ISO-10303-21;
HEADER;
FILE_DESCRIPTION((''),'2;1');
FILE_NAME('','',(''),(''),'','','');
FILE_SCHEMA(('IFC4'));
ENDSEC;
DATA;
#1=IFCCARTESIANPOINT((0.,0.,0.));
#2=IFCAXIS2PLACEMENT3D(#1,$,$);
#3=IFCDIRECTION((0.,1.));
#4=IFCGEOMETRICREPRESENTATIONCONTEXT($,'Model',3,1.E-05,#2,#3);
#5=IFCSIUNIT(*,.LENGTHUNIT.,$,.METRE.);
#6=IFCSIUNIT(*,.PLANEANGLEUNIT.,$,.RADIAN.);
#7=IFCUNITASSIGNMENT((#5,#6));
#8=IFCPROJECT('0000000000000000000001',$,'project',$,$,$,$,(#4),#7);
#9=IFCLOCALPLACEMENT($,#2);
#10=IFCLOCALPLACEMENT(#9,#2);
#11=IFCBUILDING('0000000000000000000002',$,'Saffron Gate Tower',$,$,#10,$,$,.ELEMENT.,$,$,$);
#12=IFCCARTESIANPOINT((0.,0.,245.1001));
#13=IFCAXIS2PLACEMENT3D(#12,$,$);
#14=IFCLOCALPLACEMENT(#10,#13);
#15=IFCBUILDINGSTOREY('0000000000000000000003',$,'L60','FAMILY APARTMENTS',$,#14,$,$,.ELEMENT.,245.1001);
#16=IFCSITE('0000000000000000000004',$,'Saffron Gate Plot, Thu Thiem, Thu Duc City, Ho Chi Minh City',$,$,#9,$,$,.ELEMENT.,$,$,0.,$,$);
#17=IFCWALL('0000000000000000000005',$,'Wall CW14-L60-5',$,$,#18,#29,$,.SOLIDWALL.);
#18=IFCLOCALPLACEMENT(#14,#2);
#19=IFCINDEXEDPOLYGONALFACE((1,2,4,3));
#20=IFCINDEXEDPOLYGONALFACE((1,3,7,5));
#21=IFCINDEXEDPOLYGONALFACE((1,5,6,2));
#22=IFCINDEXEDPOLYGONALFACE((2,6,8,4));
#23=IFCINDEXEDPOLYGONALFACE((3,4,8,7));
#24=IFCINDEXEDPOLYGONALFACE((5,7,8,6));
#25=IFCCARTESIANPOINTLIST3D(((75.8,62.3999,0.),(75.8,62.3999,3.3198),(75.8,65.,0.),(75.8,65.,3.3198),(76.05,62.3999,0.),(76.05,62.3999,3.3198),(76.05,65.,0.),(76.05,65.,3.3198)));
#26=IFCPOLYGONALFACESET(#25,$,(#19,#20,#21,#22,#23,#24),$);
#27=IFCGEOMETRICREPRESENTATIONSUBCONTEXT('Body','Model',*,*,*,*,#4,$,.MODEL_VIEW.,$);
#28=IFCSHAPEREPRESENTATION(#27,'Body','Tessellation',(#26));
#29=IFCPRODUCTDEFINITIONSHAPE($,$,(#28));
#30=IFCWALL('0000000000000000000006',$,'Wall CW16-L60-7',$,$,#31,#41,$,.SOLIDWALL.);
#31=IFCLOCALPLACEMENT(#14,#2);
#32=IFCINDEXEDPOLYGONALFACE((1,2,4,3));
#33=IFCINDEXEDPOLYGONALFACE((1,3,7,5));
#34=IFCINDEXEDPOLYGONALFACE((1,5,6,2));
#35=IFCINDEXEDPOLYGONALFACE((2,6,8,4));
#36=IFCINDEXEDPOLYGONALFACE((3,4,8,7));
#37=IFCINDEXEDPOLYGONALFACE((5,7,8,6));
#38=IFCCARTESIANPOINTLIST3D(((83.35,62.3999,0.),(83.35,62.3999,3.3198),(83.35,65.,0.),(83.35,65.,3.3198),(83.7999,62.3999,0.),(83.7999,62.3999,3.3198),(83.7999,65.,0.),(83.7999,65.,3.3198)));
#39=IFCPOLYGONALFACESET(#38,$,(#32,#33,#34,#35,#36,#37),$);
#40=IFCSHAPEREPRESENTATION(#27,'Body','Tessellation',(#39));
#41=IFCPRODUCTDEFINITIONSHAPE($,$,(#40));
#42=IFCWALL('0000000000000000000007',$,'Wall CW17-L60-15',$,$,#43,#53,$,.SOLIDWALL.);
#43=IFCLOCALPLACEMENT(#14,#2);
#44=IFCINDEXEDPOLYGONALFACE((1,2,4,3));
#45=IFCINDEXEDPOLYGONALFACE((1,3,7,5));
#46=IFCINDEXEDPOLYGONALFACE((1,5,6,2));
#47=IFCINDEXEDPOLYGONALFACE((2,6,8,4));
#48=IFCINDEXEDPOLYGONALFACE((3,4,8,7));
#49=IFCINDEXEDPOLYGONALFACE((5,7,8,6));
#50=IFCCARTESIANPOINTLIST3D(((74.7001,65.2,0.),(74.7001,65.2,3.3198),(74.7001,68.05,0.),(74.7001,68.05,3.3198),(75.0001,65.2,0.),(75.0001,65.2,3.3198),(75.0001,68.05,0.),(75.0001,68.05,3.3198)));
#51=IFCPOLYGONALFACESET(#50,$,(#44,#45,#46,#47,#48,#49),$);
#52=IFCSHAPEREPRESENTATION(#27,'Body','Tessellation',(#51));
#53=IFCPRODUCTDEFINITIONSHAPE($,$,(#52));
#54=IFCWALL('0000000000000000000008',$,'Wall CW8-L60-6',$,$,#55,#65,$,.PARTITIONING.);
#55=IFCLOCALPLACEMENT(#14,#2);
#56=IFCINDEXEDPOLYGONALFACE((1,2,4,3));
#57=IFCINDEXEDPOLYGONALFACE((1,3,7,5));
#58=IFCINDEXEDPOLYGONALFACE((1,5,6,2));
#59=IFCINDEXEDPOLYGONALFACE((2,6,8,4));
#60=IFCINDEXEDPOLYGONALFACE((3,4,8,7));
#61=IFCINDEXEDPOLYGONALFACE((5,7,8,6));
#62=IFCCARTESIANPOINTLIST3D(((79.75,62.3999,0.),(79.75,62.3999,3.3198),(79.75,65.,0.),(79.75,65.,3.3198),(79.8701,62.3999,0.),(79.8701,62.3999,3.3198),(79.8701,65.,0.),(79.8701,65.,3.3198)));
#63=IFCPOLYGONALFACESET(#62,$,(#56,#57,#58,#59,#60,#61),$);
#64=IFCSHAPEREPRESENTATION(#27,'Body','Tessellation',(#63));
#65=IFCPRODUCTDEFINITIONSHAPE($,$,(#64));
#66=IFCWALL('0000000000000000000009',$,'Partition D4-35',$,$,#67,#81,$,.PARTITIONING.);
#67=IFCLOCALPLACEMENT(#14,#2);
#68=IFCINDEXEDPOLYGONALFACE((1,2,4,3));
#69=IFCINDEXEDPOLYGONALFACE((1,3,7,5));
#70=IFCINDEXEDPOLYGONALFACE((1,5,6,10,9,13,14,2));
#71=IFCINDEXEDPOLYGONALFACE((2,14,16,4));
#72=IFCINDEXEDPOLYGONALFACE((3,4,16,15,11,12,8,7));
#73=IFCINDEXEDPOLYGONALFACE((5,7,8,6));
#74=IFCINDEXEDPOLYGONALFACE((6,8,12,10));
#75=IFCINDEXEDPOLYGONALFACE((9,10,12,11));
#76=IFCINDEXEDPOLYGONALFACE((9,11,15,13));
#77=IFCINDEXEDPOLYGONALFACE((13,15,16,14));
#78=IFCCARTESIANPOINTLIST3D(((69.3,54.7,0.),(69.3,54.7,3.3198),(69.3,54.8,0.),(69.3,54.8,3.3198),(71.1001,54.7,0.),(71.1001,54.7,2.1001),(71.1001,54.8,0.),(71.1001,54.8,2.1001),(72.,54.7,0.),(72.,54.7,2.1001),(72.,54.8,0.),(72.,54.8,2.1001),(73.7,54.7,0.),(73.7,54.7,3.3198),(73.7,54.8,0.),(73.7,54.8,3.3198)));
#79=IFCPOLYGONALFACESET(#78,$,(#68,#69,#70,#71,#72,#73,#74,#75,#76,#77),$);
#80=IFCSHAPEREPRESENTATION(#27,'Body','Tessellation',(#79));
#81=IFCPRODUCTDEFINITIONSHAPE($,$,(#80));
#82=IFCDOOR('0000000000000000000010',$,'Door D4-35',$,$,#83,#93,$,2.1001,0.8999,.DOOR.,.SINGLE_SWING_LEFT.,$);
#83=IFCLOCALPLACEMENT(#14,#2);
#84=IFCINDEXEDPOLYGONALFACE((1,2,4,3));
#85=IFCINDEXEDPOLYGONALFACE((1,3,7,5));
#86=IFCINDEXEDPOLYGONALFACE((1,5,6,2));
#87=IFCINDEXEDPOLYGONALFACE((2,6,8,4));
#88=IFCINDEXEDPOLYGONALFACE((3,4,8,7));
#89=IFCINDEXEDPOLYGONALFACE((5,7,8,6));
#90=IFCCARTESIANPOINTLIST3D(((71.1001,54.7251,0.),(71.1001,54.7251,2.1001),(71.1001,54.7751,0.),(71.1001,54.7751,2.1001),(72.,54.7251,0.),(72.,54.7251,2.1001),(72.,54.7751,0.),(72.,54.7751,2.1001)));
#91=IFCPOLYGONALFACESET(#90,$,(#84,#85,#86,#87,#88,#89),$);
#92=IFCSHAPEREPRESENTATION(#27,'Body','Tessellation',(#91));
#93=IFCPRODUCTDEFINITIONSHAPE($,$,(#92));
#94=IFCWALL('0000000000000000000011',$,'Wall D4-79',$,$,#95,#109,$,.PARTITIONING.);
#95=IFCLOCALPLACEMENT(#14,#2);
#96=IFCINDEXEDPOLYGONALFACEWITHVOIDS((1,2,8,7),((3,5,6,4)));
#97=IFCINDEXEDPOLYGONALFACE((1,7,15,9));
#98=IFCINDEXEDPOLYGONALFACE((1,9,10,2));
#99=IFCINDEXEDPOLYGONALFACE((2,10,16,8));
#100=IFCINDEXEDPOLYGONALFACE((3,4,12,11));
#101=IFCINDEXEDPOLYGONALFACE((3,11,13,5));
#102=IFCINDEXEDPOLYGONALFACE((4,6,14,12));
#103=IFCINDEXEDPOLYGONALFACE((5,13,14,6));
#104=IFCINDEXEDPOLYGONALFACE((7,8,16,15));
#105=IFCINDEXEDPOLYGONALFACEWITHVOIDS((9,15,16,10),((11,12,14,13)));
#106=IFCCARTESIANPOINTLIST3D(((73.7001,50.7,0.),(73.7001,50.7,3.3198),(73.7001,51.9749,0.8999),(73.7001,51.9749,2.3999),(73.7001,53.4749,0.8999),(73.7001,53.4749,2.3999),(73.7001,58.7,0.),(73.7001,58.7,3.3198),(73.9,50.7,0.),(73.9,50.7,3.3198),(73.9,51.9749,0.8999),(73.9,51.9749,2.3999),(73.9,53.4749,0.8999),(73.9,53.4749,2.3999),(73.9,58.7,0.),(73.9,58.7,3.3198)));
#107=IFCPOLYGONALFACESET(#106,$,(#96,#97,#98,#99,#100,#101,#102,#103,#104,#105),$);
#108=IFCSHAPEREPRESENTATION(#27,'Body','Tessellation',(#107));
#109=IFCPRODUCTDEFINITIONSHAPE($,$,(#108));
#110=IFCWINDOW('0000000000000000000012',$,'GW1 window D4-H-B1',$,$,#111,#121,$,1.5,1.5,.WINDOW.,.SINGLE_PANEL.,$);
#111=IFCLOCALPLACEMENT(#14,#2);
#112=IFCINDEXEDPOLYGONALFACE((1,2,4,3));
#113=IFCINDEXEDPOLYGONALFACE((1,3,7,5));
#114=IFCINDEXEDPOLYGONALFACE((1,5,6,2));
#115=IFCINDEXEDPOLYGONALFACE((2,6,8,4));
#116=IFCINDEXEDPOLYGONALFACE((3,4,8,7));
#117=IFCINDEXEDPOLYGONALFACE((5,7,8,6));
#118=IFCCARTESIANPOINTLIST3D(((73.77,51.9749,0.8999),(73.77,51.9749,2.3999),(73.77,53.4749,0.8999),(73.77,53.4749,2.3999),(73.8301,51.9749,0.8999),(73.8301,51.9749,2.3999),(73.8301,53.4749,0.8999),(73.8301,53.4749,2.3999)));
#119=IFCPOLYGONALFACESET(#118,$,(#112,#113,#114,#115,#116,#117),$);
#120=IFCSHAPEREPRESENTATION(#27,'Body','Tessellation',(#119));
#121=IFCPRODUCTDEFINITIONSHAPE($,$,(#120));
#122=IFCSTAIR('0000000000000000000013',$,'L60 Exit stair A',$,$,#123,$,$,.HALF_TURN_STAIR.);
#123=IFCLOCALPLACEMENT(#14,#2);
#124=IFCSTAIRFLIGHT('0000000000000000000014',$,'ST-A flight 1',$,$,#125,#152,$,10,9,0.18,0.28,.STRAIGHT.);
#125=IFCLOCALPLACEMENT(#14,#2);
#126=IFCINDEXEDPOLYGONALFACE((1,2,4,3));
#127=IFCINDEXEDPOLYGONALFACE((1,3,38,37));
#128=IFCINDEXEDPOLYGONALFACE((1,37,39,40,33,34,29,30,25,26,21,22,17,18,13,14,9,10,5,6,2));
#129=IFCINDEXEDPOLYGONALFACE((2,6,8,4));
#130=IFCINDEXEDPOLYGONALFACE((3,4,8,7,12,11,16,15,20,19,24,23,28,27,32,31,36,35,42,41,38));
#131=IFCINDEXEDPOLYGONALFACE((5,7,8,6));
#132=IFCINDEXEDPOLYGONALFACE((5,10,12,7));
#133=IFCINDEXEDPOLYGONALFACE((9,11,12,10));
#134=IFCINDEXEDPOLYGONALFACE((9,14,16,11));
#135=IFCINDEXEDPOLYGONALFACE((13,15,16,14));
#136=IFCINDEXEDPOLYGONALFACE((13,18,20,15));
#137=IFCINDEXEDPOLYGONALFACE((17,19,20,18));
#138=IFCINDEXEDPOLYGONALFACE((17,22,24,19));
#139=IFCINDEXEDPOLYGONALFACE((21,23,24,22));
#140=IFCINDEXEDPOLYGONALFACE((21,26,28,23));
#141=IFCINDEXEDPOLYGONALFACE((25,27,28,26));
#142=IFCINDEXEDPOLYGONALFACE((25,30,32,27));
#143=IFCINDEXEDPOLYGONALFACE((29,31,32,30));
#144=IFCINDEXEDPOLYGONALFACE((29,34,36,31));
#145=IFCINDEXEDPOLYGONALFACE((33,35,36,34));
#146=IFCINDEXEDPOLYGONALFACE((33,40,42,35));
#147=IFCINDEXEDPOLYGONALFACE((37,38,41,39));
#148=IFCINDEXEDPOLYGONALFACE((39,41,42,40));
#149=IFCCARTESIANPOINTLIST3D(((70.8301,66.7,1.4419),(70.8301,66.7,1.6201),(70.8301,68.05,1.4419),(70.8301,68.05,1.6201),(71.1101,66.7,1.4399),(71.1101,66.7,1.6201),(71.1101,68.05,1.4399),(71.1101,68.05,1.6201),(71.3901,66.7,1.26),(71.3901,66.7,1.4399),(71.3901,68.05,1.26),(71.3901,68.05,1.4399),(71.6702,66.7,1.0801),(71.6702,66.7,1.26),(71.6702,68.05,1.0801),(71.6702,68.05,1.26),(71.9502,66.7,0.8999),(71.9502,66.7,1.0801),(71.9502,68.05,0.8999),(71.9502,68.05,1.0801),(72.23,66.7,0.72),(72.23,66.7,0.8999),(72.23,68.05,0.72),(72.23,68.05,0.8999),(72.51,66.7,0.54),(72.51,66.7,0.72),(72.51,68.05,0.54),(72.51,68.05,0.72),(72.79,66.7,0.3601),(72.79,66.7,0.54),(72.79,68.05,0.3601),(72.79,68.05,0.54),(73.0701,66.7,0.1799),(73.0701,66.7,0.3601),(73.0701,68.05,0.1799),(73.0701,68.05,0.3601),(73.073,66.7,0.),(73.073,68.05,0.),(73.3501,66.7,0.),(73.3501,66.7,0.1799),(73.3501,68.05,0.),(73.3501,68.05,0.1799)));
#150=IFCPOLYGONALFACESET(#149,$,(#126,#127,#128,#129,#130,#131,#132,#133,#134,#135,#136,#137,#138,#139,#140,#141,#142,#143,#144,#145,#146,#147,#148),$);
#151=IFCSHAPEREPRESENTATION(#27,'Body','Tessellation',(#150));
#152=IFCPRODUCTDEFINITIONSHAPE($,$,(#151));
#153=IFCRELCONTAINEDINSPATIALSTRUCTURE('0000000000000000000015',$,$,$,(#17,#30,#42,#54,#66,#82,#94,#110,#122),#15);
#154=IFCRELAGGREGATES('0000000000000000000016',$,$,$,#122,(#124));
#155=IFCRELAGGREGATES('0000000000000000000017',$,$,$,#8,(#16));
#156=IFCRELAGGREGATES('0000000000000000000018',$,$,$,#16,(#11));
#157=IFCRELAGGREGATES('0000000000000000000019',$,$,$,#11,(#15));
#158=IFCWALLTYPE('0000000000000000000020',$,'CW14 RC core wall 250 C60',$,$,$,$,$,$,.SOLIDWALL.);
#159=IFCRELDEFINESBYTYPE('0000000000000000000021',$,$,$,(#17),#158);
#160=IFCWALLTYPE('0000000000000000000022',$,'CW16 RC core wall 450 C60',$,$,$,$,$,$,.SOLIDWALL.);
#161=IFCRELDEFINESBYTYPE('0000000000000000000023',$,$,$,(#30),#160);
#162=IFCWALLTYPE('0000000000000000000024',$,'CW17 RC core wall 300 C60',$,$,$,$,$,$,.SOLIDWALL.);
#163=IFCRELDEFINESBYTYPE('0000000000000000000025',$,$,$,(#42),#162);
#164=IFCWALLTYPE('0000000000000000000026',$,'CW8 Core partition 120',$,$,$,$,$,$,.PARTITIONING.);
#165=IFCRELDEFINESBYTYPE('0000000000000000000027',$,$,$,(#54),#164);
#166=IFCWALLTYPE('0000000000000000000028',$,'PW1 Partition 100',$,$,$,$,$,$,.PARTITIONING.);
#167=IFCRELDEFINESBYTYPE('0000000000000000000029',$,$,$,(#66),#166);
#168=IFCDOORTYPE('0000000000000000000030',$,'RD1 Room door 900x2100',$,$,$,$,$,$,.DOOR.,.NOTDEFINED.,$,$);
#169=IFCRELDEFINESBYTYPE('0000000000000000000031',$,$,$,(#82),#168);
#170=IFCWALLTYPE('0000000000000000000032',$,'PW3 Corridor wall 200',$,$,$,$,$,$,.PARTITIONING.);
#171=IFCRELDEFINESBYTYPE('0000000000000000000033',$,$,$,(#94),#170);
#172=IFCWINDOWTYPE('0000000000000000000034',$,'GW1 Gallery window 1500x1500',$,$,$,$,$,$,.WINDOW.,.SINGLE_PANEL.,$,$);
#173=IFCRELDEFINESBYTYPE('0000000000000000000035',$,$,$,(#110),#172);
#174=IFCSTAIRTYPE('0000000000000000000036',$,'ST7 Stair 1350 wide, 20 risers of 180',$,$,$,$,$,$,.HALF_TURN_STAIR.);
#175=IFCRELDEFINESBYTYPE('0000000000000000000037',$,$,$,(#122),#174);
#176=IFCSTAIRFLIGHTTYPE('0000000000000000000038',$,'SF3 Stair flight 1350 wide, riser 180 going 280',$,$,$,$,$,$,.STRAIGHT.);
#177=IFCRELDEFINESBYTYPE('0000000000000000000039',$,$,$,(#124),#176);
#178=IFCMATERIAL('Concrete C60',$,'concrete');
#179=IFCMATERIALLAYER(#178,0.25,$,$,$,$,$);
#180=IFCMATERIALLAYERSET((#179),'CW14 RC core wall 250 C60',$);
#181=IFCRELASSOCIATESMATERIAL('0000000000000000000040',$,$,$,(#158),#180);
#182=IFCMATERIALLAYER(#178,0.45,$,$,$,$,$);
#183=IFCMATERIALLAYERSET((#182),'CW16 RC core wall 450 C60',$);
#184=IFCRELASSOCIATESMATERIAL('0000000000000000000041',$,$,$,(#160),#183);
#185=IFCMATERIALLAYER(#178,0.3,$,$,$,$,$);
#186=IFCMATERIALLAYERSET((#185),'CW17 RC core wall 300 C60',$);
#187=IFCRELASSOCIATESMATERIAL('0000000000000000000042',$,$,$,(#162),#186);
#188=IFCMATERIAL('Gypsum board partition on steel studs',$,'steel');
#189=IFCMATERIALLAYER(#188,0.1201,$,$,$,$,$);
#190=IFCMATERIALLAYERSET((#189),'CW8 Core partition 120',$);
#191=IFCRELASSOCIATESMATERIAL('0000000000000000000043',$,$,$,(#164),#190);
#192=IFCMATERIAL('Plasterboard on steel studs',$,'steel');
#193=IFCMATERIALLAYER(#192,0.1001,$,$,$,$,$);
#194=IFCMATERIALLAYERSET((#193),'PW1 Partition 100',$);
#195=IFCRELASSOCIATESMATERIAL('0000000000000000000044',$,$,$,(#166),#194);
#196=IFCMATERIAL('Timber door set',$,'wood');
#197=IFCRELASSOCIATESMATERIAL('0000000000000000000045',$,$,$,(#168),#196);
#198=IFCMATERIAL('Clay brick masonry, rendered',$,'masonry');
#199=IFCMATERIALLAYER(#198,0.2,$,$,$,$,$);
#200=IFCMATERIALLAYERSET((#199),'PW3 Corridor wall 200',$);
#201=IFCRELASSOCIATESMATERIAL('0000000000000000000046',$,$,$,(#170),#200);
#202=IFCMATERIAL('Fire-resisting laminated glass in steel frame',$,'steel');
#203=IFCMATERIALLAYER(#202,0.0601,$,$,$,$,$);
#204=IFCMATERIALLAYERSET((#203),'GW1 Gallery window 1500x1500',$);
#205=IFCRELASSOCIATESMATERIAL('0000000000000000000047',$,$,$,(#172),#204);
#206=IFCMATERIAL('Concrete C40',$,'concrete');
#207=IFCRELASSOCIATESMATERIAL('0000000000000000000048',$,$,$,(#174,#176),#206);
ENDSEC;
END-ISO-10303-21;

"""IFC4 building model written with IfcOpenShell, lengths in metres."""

from ifc_helpers import new_model, si_unit, direction, frame, frame_2d, origin, place, context, subcontext, project, spatial, polyline, rectangle, outline, extrude, material, layer, layer_set, type_object, element, fill, aggregate, save


model = new_model("IFC4")

# Units and contexts
model_context = context("Model", 3, precision=1e-05, world=origin(), true_north=direction((0.0, 1.0)))
body_context = subcontext(model_context, "Body", "Model", "MODEL_VIEW")
ifc_project = project(units=[si_unit("LENGTHUNIT", "METRE"), si_unit("PLANEANGLEUNIT", "RADIAN")], contexts=[model_context])

# Site, building, storey
site_placement = place(None, origin())
site = spatial("IfcSite", under=ifc_project, at=site_placement, Name="Saffron Gate Plot, Thu Thiem, Thu Duc City, Ho Chi Minh City", CompositionType="ELEMENT", RefElevation=0.0)
building_placement = place(site_placement, origin())
building = spatial("IfcBuilding", under=site, at=building_placement, Name="Saffron Gate Tower", CompositionType="ELEMENT")
storey_placement = place(building_placement, frame((0.0, 0.0, 245.1001)))
storey = spatial("IfcBuildingStorey", under=building, at=storey_placement, Name="L60", Description="FAMILY APARTMENTS", CompositionType="ELEMENT", Elevation=245.1001)

# Wall
ifc_material_1 = material(Name="Concrete C60", Category="concrete")
ifc_layer_1 = layer(ifc_material_1, 0.25)
ifc_layer_set_1 = layer_set([ifc_layer_1], Name="CW14 RC core wall 250 C60")
wall_type_1 = type_object("IfcWallType", Name="CW14 RC core wall 250 C60", PredefinedType="SOLIDWALL", material=ifc_layer_set_1)
wall_1_placement = place(storey_placement, frame((75.925, 62.3999, 0.0), z_axis=(0.0, 0.0, 1.0), x_axis=(0.0, 1.0, 0.0)))
element("IfcWall", 1, at=wall_1_placement, inside=storey, type_object=wall_type_1, Name="Wall CW14-L60-5", PredefinedType="SOLIDWALL", context=body_context, shape_type="SweptSolid", body=[
    extrude(rectangle(XDim=2.6001, YDim=0.25, at=frame_2d((1.3, 0.0))), origin(), (0.0, 0.0, 1.0), 3.3198),
])

# Walls
ifc_layer_2 = layer(ifc_material_1, 0.45)
ifc_layer_set_2 = layer_set([ifc_layer_2], Name="CW16 RC core wall 450 C60")
wall_type_2 = type_object("IfcWallType", Name="CW16 RC core wall 450 C60", PredefinedType="SOLIDWALL", material=ifc_layer_set_2)
wall_2_placement = place(storey_placement, frame((83.575, 62.3999, 0.0), z_axis=(0.0, 0.0, 1.0), x_axis=(0.0, 1.0, 0.0)))
element("IfcWall", 2, at=wall_2_placement, inside=storey, type_object=wall_type_2, Name="Wall CW16-L60-7", PredefinedType="SOLIDWALL", context=body_context, shape_type="SweptSolid", body=[
    extrude(rectangle(XDim=2.6001, YDim=0.45, at=frame_2d((1.3, 0.0))), origin(), (0.0, 0.0, 1.0), 3.3198),
])
ifc_layer_3 = layer(ifc_material_1, 0.3)
ifc_layer_set_3 = layer_set([ifc_layer_3], Name="CW17 RC core wall 300 C60")
wall_type_3 = type_object("IfcWallType", Name="CW17 RC core wall 300 C60", PredefinedType="SOLIDWALL", material=ifc_layer_set_3)
wall_3_placement = place(storey_placement, frame((74.8501, 65.2, 0.0), z_axis=(0.0, 0.0, 1.0), x_axis=(0.0, 1.0, 0.0)))
element("IfcWall", 3, at=wall_3_placement, inside=storey, type_object=wall_type_3, Name="Wall CW17-L60-15", PredefinedType="SOLIDWALL", context=body_context, shape_type="SweptSolid", body=[
    extrude(rectangle(XDim=2.8501, YDim=0.3, at=frame_2d((1.425, 0.0))), origin(), (0.0, 0.0, 1.0), 3.3198),
])
ifc_material_2 = material(Name="Gypsum board partition on steel studs", Category="steel")
ifc_layer_4 = layer(ifc_material_2, 0.1201)
ifc_layer_set_4 = layer_set([ifc_layer_4], Name="CW8 Core partition 120")
wall_type_4 = type_object("IfcWallType", Name="CW8 Core partition 120", PredefinedType="PARTITIONING", material=ifc_layer_set_4)
wall_4_placement = place(storey_placement, frame((79.8101, 62.3999, 0.0), z_axis=(0.0, 0.0, 1.0), x_axis=(0.0, 1.0, 0.0)))
element("IfcWall", 4, at=wall_4_placement, inside=storey, type_object=wall_type_4, Name="Wall CW8-L60-6", PredefinedType="PARTITIONING", context=body_context, shape_type="SweptSolid", body=[
    extrude(rectangle(XDim=2.6001, YDim=0.1201, at=frame_2d((1.3, 0.0))), origin(), (0.0, 0.0, 1.0), 3.3198),
])

# Wall, opening, door
ifc_material_3 = material(Name="Plasterboard on steel studs", Category="steel")
ifc_layer_5 = layer(ifc_material_3, 0.1001)
ifc_layer_set_5 = layer_set([ifc_layer_5], Name="PW1 Partition 100")
wall_type_5 = type_object("IfcWallType", Name="PW1 Partition 100", PredefinedType="PARTITIONING", material=ifc_layer_set_5)
wall_5_placement = place(storey_placement, frame((73.7, 54.75, 0.0), z_axis=(0.0, 0.0, 1.0), x_axis=(-1.0, 0.0, 0.0)))
wall_5 = element("IfcWall", 5, at=wall_5_placement, inside=storey, type_object=wall_type_5, Name="Partition D4-35", PredefinedType="PARTITIONING", context=body_context, shape_type="SweptSolid", body=[
    extrude(rectangle(XDim=4.3999, YDim=0.1001, at=frame_2d((2.2, 0.0))), origin(), (0.0, 0.0, 1.0), 3.3198),
])
opening_1_placement = place(wall_5_placement, frame((1.7, 0.0, 0.0)))
opening_1 = element("IfcOpeningElement", 6, at=opening_1_placement, cuts=wall_5, PredefinedType="OPENING", context=body_context, shape_type="SweptSolid", body=[
    extrude(rectangle(XDim=0.8999, YDim=2.1001, at=frame_2d((0.45, 1.05))), frame((0.0, 0.0601, 0.0), z_axis=(0.0, -1.0, 0.0), x_axis=(1.0, 0.0, 0.0)), (0.0, 0.0, 1.0), 0.1201),
])
ifc_material_4 = material(Name="Timber door set", Category="wood")
door_type_1 = type_object("IfcDoorType", Name="RD1 Room door 900x2100", OperationType="NOTDEFINED", PredefinedType="DOOR", material=ifc_material_4)
door_1_placement = place(opening_1_placement, origin())
door_1 = element("IfcDoor", 7, at=door_1_placement, inside=storey, type_object=door_type_1, Name="Door D4-35", OperationType="SINGLE_SWING_LEFT", OverallHeight=2.1001, OverallWidth=0.8999, PredefinedType="DOOR", context=body_context, shape_type="SweptSolid", body=[
    extrude(rectangle(XDim=0.8999, YDim=2.1001, at=frame_2d((0.45, 1.05))), frame((0.0, 0.0249, 0.0), z_axis=(0.0, -1.0, 0.0), x_axis=(1.0, 0.0, 0.0)), (0.0, 0.0, 1.0), 0.05),
])
fill(opening_1, door_1)

# Wall, opening, window
ifc_material_5 = material(Name="Clay brick masonry, rendered", Category="masonry")
ifc_layer_6 = layer(ifc_material_5, 0.2)
ifc_layer_set_6 = layer_set([ifc_layer_6], Name="PW3 Corridor wall 200")
wall_type_6 = type_object("IfcWallType", Name="PW3 Corridor wall 200", PredefinedType="PARTITIONING", material=ifc_layer_set_6)
wall_6_placement = place(storey_placement, frame((73.8, 58.7, 0.0), z_axis=(0.0, 0.0, 1.0), x_axis=(0.0, -1.0, 0.0)))
wall_6 = element("IfcWall", 8, at=wall_6_placement, inside=storey, type_object=wall_type_6, Name="Wall D4-79", PredefinedType="PARTITIONING", context=body_context, shape_type="SweptSolid", body=[
    extrude(rectangle(XDim=8.0, YDim=0.2, at=frame_2d((4.0, 0.0))), origin(), (0.0, 0.0, 1.0), 3.3198),
])
opening_2_placement = place(wall_6_placement, frame((5.2251, 0.0, 0.8999)))
opening_2 = element("IfcOpeningElement", 9, at=opening_2_placement, cuts=wall_6, PredefinedType="OPENING", context=body_context, shape_type="SweptSolid", body=[
    extrude(rectangle(XDim=1.5, YDim=1.5, at=frame_2d((0.75, 0.75))), frame((0.0, 0.1099, 0.0), z_axis=(0.0, -1.0, 0.0), x_axis=(1.0, 0.0, 0.0)), (0.0, 0.0, 1.0), 0.22),
])
ifc_material_6 = material(Name="Fire-resisting laminated glass in steel frame", Category="steel")
ifc_layer_7 = layer(ifc_material_6, 0.0601)
ifc_layer_set_7 = layer_set([ifc_layer_7], Name="GW1 Gallery window 1500x1500")
window_type = type_object("IfcWindowType", Name="GW1 Gallery window 1500x1500", PartitioningType="SINGLE_PANEL", PredefinedType="WINDOW", material=ifc_layer_set_7)
window_placement = place(opening_2_placement, origin())
window = element("IfcWindow", 10, at=window_placement, inside=storey, type_object=window_type, Name="GW1 window D4-H-B1", OverallHeight=1.5, OverallWidth=1.5, PartitioningType="SINGLE_PANEL", PredefinedType="WINDOW", context=body_context, shape_type="SweptSolid", body=[
    extrude(rectangle(XDim=1.5, YDim=1.5, at=frame_2d((0.75, 0.75))), frame((0.0, 0.03, 0.0), z_axis=(0.0, -1.0, 0.0), x_axis=(1.0, 0.0, 0.0)), (0.0, 0.0, 1.0), 0.0601),
])
fill(opening_2, window)

# Stair, stair flight
ifc_material_7 = material(Name="Concrete C40", Category="concrete")
stair_type = type_object("IfcStairType", Name="ST7 Stair 1350 wide, 20 risers of 180", PredefinedType="HALF_TURN_STAIR", material=ifc_material_7)
stair_placement = place(storey_placement, origin())
stair = element("IfcStair", 11, at=stair_placement, inside=storey, type_object=stair_type, Name="L60 Exit stair A", PredefinedType="HALF_TURN_STAIR")
stair_flight_type = type_object("IfcStairFlightType", Name="SF3 Stair flight 1350 wide, riser 180 going 280", PredefinedType="STRAIGHT", material=ifc_material_7)
stair_flight_1_placement = place(storey_placement, frame((73.3501, 67.375, 0.0), z_axis=(0.0, 0.0, 1.0), x_axis=(-1.0, 0.0, 0.0)))
stair_flight_1 = element("IfcStairFlight", 12, at=stair_flight_1_placement, type_object=stair_flight_type, Name="ST-A flight 1", NumberOfRisers=10, NumberOfTreads=9, PredefinedType="STRAIGHT", RiserHeight=0.18, TreadLength=0.28, context=body_context, shape_type="SweptSolid", body=[
    extrude(outline(polyline([(0.0, 0.0), (0.0, 0.1799), (0.28, 0.1799), (0.28, 0.3601), (0.5601, 0.3601), (0.5601, 0.54), (0.8401, 0.54), (0.8401, 0.72), (1.1201, 0.72), (1.1201, 0.8999), (1.3999, 0.8999), (1.3999, 1.0801), (1.6799, 1.0801), (1.6799, 1.26), (1.96, 1.26), (1.96, 1.4399), (2.24, 1.4399), (2.24, 1.6201), (2.52, 1.6201), (2.52, 1.8), (2.52, 1.4419), (0.2771, 0.0), (0.0, 0.0)])), frame((0.0, 0.675, 0.0), z_axis=(0.0, -1.0, 0.0), x_axis=(1.0, 0.0, 0.0)), (0.0, 0.0, 1.0), 1.3501),
])
aggregate(stair, [stair_flight_1])

save(model, "model.ifc")
